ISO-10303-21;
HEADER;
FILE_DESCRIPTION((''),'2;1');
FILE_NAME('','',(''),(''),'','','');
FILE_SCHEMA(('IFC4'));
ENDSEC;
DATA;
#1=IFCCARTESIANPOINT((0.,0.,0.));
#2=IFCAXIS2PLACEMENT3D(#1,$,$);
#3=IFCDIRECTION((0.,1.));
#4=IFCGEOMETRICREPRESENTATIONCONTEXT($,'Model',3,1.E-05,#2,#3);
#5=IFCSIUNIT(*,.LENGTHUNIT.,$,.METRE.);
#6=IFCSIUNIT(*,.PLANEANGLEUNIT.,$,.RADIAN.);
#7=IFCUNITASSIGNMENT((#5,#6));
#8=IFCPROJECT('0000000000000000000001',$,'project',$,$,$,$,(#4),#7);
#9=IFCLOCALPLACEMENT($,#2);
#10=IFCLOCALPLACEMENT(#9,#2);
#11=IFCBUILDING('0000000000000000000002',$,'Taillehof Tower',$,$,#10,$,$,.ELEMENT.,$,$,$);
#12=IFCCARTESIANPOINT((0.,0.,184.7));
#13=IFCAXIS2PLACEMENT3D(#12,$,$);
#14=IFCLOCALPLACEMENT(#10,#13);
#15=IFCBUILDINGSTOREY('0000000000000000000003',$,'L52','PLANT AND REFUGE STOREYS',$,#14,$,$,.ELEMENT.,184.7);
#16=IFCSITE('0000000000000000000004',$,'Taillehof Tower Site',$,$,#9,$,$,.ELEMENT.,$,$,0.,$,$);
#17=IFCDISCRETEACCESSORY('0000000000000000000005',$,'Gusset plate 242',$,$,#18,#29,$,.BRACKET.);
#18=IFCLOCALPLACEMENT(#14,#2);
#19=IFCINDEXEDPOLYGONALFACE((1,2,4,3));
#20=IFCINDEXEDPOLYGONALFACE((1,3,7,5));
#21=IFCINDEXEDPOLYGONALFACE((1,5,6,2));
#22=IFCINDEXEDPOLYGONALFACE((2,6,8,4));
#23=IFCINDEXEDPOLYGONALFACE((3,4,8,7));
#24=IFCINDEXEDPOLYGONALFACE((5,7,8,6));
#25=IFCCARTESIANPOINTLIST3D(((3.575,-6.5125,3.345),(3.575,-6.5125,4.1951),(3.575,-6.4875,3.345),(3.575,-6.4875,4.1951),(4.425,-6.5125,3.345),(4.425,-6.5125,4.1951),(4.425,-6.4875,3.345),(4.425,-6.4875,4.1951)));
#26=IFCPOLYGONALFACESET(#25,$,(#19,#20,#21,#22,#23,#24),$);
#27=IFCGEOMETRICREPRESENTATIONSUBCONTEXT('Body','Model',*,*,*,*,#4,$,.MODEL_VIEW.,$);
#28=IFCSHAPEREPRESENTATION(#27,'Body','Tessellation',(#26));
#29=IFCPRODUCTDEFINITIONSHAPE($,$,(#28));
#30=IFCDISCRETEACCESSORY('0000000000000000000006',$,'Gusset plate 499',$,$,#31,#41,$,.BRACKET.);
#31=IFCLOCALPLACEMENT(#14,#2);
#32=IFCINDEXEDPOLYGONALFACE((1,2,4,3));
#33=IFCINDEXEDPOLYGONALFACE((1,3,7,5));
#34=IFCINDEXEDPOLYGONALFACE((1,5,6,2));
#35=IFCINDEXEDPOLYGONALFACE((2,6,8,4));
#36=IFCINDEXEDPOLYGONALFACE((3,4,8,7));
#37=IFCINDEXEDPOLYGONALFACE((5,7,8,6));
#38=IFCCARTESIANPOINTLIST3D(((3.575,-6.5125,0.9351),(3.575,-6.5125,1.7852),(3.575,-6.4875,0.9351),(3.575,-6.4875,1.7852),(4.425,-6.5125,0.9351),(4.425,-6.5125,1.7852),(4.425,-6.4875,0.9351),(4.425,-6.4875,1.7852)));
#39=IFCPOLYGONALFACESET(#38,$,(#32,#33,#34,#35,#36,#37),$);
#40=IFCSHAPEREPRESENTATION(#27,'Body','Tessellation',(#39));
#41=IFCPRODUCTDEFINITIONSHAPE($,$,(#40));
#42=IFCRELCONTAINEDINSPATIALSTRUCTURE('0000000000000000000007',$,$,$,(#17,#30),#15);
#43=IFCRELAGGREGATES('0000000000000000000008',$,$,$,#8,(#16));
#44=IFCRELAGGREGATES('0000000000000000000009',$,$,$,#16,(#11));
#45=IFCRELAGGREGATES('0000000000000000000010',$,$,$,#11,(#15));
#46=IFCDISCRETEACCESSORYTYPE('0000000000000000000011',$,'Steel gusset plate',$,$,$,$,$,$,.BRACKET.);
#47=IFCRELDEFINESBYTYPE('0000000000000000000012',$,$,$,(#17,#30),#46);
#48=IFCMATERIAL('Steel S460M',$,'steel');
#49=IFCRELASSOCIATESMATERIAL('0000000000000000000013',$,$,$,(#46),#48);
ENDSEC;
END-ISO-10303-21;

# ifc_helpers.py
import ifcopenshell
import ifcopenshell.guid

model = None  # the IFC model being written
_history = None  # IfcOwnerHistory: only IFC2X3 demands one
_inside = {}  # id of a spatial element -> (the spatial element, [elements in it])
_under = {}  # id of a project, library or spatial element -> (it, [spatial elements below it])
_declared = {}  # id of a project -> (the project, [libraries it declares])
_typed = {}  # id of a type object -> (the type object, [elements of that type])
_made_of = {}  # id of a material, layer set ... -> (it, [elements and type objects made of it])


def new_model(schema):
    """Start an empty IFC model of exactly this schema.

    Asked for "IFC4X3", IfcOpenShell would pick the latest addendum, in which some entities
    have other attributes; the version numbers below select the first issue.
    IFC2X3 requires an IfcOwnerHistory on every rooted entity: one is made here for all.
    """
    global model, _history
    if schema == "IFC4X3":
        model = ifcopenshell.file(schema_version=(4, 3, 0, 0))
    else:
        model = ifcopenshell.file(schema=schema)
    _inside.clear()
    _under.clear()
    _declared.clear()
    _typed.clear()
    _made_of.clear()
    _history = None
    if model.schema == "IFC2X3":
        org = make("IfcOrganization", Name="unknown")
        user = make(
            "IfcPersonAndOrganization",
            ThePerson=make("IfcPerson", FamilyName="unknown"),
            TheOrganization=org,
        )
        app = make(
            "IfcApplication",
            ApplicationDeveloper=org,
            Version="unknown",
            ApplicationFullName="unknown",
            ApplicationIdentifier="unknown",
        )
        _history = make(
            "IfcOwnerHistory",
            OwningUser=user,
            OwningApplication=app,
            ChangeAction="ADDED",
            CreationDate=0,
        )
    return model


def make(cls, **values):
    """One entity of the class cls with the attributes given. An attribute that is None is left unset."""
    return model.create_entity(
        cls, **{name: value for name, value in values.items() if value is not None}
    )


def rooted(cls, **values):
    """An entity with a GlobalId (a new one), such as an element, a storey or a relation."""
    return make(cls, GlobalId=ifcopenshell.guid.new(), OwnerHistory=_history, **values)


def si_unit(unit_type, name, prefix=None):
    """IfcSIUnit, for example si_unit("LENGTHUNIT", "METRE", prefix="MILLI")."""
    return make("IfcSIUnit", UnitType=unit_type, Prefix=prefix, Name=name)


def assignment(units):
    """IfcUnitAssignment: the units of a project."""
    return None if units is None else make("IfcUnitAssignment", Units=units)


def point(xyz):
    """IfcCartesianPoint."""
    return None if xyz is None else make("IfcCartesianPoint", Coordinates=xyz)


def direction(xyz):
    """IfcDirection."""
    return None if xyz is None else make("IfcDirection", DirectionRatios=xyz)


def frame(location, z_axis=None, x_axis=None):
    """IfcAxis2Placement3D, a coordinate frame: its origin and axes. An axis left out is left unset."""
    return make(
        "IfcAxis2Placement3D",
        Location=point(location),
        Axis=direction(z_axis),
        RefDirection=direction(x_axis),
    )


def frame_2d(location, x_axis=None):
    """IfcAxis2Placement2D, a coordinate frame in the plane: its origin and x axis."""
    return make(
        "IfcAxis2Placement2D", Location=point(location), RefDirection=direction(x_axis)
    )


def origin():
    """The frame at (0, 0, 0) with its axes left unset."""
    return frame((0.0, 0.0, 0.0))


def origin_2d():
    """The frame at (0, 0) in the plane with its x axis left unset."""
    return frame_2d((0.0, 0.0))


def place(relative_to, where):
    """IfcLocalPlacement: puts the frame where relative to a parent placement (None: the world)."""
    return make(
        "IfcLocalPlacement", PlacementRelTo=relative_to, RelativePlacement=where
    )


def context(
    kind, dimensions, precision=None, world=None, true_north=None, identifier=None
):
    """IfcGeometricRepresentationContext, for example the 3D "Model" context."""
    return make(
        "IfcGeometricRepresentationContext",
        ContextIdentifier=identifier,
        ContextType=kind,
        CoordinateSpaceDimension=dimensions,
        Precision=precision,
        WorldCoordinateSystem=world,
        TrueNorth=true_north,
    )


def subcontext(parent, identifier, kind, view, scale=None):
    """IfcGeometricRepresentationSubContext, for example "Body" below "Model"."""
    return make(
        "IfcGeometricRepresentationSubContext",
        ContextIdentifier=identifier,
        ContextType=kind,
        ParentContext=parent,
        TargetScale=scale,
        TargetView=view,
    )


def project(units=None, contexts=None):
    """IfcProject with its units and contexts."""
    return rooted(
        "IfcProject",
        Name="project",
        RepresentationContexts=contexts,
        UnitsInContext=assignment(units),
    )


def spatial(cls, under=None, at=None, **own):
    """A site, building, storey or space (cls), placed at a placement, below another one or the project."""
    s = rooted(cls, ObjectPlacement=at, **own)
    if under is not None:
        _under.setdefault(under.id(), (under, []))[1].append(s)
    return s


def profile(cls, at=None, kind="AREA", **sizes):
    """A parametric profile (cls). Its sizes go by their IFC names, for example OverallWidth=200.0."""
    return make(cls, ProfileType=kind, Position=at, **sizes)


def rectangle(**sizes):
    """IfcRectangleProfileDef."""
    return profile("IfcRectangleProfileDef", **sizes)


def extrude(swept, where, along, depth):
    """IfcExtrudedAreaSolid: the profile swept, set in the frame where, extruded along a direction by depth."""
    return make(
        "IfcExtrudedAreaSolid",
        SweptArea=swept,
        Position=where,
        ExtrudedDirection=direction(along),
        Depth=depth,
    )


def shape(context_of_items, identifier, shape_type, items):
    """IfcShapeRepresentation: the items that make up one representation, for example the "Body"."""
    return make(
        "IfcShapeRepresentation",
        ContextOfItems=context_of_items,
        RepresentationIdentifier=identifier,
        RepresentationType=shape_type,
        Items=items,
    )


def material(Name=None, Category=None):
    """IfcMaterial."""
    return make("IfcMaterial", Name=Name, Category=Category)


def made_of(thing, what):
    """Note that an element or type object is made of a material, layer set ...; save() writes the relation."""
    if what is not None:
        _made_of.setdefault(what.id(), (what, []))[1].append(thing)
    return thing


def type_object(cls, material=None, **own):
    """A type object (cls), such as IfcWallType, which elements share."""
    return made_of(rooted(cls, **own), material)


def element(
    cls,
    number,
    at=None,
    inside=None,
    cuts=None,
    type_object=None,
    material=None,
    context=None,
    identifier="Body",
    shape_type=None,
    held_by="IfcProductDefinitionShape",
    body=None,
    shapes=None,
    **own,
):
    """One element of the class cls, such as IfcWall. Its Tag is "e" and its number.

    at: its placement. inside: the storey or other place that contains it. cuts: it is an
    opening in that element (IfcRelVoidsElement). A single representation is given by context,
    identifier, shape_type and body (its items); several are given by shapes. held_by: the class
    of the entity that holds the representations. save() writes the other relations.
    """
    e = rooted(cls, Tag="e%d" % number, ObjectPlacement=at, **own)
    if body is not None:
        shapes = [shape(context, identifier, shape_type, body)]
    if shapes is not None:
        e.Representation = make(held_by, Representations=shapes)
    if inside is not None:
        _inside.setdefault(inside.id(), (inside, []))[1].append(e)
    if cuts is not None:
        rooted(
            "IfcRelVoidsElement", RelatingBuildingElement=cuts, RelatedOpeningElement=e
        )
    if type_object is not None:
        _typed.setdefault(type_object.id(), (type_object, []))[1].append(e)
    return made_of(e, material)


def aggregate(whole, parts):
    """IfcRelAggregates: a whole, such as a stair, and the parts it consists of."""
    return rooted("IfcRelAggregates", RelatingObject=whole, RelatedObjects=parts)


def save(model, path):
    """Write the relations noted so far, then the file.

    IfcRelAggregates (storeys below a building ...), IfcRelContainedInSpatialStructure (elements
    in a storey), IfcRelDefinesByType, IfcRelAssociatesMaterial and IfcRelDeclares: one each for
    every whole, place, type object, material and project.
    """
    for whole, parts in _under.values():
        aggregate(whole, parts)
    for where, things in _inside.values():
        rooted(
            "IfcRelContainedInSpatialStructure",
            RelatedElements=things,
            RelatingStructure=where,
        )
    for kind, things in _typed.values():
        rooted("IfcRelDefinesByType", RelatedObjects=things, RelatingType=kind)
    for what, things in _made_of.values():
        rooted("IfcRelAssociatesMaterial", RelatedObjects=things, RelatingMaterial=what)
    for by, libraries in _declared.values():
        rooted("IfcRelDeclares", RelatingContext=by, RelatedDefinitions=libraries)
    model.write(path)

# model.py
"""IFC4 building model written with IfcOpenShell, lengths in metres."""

from ifc_helpers import new_model, si_unit, direction, frame, origin, origin_2d, place, context, subcontext, project, spatial, rectangle, extrude, material, type_object, element, save


model = new_model("IFC4")

# Units and contexts
model_context = context("Model", 3, precision=1e-05, world=origin(), true_north=direction((0.0, 1.0)))
body_context = subcontext(model_context, "Body", "Model", "MODEL_VIEW")
ifc_project = project(units=[si_unit("LENGTHUNIT", "METRE"), si_unit("PLANEANGLEUNIT", "RADIAN")], contexts=[model_context])

# Site, building, storey
site_placement = place(None, origin())
site = spatial("IfcSite", under=ifc_project, at=site_placement, Name="Taillehof Tower Site", CompositionType="ELEMENT", RefElevation=0.0)
building_placement = place(site_placement, origin())
building = spatial("IfcBuilding", under=site, at=building_placement, Name="Taillehof Tower", CompositionType="ELEMENT")
storey_placement = place(building_placement, frame((0.0, 0.0, 184.7)))
storey = spatial("IfcBuildingStorey", under=building, at=storey_placement, Name="L52", Description="PLANT AND REFUGE STOREYS", CompositionType="ELEMENT", Elevation=184.7)

# Discrete accessories
ifc_material_1 = material(Name="Steel S460M", Category="steel")
discrete_accessory_type = type_object("IfcDiscreteAccessoryType", Name="Steel gusset plate", PredefinedType="BRACKET", material=ifc_material_1)
for number, where, z_axis, x_axis, name in (
    (1, (4.0, -6.5, 3.345), (0.0, 0.0, 1.0), (-1.0, 0.0, 0.0), "Gusset plate 242"),
    (2, (4.0, -6.5, 0.9351), (0.0, 0.0, 1.0), (1.0, 0.0, 0.0), "Gusset plate 499"),
):
    element("IfcDiscreteAccessory", number, at=place(storey_placement, frame(where, z_axis=z_axis, x_axis=x_axis)), inside=storey, type_object=discrete_accessory_type, Name=name, PredefinedType="BRACKET", context=body_context, shape_type="SweptSolid", body=[
        extrude(rectangle(XDim=0.8501, YDim=0.0249, at=origin_2d()), origin(), (0.0, 0.0, 1.0), 0.8501),
    ])

save(model, "model.ifc")
